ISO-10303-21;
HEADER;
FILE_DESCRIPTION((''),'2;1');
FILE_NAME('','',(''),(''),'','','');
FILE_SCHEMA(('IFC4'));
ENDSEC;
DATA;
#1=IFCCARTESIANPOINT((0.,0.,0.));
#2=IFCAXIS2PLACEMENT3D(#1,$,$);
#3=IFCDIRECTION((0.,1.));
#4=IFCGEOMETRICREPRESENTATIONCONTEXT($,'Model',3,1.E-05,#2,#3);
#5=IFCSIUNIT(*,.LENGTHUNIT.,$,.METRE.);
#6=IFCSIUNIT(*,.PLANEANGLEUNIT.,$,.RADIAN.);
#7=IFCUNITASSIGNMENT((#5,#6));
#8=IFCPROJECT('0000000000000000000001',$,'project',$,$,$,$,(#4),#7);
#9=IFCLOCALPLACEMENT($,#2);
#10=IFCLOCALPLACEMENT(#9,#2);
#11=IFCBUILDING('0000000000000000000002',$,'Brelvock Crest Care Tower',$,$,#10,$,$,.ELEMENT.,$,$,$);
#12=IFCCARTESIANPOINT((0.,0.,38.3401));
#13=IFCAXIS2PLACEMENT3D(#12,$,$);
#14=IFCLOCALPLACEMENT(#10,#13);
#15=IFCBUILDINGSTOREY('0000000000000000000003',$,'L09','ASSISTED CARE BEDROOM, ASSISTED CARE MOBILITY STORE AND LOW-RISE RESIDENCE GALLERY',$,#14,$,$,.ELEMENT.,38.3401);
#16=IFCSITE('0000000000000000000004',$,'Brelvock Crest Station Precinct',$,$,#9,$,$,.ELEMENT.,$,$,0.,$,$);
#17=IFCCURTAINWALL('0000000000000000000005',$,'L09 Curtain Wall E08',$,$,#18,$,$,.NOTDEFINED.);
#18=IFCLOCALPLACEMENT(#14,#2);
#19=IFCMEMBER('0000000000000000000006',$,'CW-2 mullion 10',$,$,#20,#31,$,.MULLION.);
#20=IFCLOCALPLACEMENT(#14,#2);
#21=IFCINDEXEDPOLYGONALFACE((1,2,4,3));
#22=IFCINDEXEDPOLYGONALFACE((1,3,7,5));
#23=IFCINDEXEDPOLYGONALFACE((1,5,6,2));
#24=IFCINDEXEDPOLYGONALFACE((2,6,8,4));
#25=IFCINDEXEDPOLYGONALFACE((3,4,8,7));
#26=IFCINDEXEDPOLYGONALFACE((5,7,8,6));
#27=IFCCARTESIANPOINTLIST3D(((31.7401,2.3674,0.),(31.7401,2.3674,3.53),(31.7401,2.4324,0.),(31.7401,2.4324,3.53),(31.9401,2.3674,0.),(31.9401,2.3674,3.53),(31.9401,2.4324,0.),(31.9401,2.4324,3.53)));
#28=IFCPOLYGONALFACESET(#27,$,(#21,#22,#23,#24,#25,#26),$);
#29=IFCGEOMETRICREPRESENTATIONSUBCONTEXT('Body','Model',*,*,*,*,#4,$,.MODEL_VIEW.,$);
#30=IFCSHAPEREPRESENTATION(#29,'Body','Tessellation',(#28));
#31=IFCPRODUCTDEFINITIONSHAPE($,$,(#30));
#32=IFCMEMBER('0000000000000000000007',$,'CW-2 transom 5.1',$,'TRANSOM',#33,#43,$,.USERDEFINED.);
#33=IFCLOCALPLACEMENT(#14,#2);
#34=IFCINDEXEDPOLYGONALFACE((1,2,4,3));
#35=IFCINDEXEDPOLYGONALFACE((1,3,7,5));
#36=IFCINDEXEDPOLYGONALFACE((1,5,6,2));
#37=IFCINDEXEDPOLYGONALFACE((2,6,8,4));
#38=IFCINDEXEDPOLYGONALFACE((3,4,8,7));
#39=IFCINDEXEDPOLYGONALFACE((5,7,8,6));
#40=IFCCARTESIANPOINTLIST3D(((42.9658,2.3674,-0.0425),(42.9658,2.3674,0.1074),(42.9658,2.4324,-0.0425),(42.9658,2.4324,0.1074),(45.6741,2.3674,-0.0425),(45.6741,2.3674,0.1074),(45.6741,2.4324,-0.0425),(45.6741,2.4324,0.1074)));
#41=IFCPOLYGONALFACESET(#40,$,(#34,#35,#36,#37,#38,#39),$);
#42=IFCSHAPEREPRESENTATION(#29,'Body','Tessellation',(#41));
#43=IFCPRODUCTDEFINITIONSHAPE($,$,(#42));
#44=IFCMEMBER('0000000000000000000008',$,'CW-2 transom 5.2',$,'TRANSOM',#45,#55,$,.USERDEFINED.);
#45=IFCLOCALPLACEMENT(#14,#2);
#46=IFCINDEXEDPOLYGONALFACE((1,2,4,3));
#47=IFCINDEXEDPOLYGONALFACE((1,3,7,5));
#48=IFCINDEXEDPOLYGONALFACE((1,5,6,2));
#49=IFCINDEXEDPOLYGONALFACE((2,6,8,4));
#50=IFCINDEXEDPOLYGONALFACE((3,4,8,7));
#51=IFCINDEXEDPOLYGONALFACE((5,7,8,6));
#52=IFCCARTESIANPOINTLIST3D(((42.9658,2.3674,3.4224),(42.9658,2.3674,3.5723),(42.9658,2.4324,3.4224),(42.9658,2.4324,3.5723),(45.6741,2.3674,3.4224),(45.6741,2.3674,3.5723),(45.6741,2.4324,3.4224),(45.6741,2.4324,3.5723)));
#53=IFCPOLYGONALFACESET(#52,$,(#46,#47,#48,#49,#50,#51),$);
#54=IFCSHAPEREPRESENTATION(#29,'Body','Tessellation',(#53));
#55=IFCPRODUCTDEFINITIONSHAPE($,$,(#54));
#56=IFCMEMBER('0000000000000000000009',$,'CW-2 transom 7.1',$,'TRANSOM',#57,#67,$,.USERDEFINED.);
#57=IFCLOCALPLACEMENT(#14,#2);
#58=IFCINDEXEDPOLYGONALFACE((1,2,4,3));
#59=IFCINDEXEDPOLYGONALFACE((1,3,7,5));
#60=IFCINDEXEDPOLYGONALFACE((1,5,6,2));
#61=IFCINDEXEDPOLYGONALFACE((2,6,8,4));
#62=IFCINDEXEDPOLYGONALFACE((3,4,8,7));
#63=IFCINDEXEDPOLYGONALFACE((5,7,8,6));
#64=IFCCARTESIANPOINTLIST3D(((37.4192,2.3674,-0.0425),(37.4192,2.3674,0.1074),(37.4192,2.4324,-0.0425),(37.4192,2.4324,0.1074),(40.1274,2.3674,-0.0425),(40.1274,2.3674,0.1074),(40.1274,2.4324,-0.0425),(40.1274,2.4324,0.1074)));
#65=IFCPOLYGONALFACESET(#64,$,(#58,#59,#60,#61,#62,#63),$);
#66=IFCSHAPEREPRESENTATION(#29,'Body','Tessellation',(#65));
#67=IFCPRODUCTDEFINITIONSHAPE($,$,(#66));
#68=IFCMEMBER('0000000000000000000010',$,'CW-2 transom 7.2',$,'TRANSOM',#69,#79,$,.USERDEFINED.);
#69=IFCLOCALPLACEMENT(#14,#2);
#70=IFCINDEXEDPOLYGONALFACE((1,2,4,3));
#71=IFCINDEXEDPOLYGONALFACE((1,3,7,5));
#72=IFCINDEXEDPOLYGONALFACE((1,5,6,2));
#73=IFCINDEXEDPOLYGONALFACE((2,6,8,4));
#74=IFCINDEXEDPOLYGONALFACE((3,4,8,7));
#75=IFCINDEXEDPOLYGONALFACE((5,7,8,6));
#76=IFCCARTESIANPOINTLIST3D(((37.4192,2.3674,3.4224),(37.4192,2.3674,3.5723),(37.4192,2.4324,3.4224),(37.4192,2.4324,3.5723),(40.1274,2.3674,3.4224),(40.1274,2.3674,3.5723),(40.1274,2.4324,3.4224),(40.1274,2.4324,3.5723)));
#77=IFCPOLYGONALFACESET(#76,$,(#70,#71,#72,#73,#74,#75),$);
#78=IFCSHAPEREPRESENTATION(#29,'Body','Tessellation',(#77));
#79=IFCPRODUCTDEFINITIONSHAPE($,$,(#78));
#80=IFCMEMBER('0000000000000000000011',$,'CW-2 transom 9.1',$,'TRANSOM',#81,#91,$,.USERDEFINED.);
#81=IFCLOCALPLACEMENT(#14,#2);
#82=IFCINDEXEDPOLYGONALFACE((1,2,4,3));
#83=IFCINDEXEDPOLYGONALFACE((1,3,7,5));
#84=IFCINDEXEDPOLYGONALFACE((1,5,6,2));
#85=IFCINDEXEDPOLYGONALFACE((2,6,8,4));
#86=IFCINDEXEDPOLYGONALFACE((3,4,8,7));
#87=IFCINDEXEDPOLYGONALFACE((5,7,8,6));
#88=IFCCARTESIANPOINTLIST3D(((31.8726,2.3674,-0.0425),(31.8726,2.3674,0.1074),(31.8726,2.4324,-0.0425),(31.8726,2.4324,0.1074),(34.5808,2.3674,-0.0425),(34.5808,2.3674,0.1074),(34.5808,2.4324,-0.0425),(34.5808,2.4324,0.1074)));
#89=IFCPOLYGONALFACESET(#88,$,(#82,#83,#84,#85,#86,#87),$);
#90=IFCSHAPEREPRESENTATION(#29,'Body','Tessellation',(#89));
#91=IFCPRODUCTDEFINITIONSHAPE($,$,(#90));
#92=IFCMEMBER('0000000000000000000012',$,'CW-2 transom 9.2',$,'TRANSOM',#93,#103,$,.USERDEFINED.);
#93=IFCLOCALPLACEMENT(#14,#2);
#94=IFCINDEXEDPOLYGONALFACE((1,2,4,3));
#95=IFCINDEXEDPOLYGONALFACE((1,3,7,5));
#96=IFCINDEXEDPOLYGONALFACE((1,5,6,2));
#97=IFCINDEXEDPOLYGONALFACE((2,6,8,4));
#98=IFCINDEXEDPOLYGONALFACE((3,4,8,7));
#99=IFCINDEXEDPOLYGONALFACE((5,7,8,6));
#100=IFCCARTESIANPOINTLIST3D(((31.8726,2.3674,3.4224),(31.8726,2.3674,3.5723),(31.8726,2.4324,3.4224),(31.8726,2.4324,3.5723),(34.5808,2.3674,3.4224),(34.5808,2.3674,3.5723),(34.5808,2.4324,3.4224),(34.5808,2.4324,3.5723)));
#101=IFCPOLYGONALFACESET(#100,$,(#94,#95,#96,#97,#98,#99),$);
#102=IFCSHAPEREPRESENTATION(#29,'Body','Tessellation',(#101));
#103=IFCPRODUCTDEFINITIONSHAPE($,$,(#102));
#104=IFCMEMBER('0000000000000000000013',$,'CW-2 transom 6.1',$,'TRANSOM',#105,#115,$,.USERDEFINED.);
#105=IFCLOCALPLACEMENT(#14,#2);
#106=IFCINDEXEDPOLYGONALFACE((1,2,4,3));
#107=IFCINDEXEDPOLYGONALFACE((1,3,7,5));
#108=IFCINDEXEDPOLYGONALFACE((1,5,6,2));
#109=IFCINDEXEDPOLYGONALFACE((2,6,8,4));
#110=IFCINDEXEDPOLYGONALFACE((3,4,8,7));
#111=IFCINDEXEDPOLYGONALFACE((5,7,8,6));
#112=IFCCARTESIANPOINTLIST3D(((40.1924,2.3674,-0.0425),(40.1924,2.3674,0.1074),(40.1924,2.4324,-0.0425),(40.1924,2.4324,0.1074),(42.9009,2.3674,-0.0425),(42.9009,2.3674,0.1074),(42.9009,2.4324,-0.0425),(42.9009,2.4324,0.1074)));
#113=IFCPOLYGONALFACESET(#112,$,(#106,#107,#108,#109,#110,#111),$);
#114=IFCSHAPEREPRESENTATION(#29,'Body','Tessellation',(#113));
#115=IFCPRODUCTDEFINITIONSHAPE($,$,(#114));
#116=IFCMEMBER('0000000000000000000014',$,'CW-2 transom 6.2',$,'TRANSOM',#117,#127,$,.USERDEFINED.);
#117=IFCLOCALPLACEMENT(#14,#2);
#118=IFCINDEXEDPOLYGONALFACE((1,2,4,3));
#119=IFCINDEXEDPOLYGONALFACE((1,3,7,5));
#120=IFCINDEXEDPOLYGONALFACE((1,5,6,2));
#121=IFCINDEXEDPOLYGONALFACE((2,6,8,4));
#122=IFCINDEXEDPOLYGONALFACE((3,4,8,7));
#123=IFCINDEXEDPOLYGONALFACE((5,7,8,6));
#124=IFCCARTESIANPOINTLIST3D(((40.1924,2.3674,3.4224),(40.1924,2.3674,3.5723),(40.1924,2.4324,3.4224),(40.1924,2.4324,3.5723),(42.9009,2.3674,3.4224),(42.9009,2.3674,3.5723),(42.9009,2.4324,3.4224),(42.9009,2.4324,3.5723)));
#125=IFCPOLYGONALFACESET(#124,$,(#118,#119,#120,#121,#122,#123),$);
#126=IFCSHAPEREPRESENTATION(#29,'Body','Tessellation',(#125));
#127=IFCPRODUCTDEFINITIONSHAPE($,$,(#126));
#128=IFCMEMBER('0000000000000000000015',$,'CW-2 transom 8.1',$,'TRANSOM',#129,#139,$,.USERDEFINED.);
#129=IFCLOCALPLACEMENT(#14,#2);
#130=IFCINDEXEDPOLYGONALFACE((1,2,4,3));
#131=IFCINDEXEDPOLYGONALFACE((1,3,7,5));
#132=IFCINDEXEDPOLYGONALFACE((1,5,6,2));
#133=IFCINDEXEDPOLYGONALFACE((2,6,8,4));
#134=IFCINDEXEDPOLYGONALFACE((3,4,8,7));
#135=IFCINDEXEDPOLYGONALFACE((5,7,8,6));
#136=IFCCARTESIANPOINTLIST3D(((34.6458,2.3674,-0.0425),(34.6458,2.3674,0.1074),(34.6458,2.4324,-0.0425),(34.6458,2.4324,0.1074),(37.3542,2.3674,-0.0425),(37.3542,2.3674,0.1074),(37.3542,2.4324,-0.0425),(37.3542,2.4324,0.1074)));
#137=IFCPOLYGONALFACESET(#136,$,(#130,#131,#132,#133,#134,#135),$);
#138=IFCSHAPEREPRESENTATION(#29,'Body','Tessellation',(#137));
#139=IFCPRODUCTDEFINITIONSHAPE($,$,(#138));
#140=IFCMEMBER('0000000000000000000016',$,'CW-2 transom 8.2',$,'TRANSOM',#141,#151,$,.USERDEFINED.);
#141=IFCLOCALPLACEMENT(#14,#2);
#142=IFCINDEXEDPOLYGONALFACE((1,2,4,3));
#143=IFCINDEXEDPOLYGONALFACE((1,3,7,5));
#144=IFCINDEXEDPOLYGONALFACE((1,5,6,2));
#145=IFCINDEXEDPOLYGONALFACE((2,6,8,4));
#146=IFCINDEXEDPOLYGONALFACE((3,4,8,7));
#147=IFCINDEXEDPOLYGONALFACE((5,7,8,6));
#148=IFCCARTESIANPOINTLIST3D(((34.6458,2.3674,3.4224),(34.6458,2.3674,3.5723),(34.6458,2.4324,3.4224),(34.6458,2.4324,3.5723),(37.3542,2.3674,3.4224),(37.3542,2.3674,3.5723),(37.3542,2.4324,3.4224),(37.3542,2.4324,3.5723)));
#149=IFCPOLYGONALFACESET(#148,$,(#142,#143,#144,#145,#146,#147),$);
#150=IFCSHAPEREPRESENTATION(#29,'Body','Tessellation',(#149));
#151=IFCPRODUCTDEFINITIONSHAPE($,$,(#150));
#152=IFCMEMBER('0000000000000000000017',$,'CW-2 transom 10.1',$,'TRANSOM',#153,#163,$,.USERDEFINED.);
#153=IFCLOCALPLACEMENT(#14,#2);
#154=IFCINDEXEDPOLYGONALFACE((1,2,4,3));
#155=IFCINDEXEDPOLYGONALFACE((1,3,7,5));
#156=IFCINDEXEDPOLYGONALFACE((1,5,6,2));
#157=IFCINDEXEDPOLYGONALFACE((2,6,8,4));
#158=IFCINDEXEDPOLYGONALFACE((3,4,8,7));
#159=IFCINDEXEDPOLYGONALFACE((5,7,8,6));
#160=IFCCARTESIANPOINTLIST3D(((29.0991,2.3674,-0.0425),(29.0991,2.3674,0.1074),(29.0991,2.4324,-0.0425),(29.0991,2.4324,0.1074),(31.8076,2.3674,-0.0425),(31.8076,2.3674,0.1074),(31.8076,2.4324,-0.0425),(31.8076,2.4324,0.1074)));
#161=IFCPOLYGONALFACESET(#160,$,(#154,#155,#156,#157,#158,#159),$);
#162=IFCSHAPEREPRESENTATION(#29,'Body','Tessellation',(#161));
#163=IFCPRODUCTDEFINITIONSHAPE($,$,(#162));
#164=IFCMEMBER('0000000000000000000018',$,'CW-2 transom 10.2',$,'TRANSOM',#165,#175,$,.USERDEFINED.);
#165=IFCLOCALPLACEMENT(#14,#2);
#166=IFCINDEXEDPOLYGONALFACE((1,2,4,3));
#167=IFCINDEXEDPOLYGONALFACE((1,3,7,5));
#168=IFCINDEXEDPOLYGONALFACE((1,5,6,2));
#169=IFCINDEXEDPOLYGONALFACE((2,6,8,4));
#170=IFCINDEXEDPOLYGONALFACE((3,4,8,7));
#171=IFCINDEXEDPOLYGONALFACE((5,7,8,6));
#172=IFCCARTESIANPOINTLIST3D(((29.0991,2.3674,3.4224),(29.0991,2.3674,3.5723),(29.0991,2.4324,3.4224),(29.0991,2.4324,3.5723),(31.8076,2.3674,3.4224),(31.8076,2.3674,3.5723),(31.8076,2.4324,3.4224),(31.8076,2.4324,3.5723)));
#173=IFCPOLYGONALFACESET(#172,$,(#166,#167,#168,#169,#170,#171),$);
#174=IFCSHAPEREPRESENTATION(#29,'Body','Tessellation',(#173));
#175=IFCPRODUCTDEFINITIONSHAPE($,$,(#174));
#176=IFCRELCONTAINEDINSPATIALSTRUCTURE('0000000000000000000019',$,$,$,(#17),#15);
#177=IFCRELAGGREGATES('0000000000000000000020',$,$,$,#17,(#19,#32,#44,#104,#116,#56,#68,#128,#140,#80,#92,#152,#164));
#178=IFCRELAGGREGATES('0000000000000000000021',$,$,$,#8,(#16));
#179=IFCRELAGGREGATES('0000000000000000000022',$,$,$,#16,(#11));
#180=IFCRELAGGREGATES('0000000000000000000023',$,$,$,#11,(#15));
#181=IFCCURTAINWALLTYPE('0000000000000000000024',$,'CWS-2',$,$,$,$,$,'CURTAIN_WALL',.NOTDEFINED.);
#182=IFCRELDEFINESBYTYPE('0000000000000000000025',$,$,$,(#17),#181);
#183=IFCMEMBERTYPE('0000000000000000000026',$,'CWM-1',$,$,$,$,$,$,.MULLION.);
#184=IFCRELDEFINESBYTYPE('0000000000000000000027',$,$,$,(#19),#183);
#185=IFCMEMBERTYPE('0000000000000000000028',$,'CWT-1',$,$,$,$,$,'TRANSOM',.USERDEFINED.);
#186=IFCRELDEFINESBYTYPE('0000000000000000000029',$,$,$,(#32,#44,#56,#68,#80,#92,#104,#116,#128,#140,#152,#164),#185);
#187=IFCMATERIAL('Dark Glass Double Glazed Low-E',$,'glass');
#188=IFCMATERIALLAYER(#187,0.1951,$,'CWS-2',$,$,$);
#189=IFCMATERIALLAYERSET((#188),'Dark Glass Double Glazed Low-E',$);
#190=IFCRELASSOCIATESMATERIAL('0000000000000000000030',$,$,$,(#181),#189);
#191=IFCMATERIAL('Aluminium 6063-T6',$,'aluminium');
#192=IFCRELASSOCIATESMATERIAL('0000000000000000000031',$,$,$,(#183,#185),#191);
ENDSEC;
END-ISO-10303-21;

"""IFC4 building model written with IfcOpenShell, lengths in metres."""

from ifc_helpers import new_model, si_unit, direction, frame, origin, origin_2d, place, context, subcontext, project, spatial, rectangle, extrude, source, transform, mapped, material, layer, layer_set, material_profile, profile_set, type_object, element, aggregate, save


model = new_model("IFC4")

# Units and contexts
model_context = context("Model", 3, precision=1e-05, world=origin(), true_north=direction((0.0, 1.0)))
body_context = subcontext(model_context, "Body", "Model", "MODEL_VIEW")
ifc_project = project(units=[si_unit("LENGTHUNIT", "METRE"), si_unit("PLANEANGLEUNIT", "RADIAN")], contexts=[model_context])

# Site, building, storey
site_placement = place(None, origin())
site = spatial("IfcSite", under=ifc_project, at=site_placement, Name="Brelvock Crest Station Precinct", CompositionType="ELEMENT", RefElevation=0.0)
building_placement = place(site_placement, origin())
building = spatial("IfcBuilding", under=site, at=building_placement, Name="Brelvock Crest Care Tower", CompositionType="ELEMENT")
storey_placement = place(building_placement, frame((0.0, 0.0, 38.3401)))
storey = spatial("IfcBuildingStorey", under=building, at=storey_placement, Name="L09", Description="ASSISTED CARE BEDROOM, ASSISTED CARE MOBILITY STORE AND LOW-RISE RESIDENCE GALLERY", CompositionType="ELEMENT", Elevation=38.3401)

# Curtain wall, members
ifc_material_1 = material(Name="Dark Glass Double Glazed Low-E", Category="glass")
ifc_layer_1 = layer(ifc_material_1, 0.1951, Name="CWS-2")
ifc_layer_set_1 = layer_set([ifc_layer_1], Name="Dark Glass Double Glazed Low-E")
curtain_wall_type = type_object("IfcCurtainWallType", Name="CWS-2", ElementType="CURTAIN_WALL", PredefinedType="NOTDEFINED", material=ifc_layer_set_1)
curtain_wall_placement = place(storey_placement, origin())
curtain_wall = element("IfcCurtainWall", 1, at=curtain_wall_placement, inside=storey, type_object=curtain_wall_type, Name="L09 Curtain Wall E08", PredefinedType="NOTDEFINED")
ifc_material_2 = material(Name="Aluminium 6063-T6", Category="aluminium")
ifc_material_profile_1 = material_profile(ifc_material_2, rectangle(XDim=0.0649, YDim=0.2, at=origin_2d()), Name="ALU65x200")
ifc_profile_set_1 = profile_set([ifc_material_profile_1], Name="Aluminium 6063-T6")
member_type_1 = type_object("IfcMemberType", Name="CWM-1", PredefinedType="MULLION", material=ifc_profile_set_1)
shared_shape_1 = source(origin(), body_context, "Body", "SweptSolid", [
    extrude(rectangle(XDim=0.0649, YDim=0.2, at=origin_2d()), origin(), (0.0, 0.0, 1.0), 3.53),
])
member_1_placement = place(storey_placement, frame((31.8401, 2.3999, 0.0), z_axis=(0.0, 0.0, 1.0), x_axis=(0.0, -1.0, 0.0)))
member_1 = element("IfcMember", 2, at=member_1_placement, type_object=member_type_1, Name="CW-2 mullion 10", PredefinedType="MULLION", context=body_context, shape_type="MappedRepresentation", body=[
    mapped(shared_shape_1, transform((0.0, 0.0, 0.0), x_axis=(1.0, 0.0, 0.0), y_axis=(0.0, 1.0, 0.0), z_axis=(0.0, 0.0, 1.0), scale=1.0)),
])
ifc_material_profile_2 = material_profile(ifc_material_2, rectangle(XDim=0.0649, YDim=0.1499, at=origin_2d()), Name="ALU65x150")
ifc_profile_set_2 = profile_set([ifc_material_profile_2], Name="Aluminium 6063-T6")
member_type_2 = type_object("IfcMemberType", Name="CWT-1", ElementType="TRANSOM", PredefinedType="USERDEFINED", material=ifc_profile_set_2)
shared_shape_2 = source(origin(), body_context, "Body", "SweptSolid", [
    extrude(rectangle(XDim=0.0649, YDim=0.1499, at=origin_2d()), origin(), (0.0, 0.0, 1.0), 2.7083),
])
member_2_placement = place(storey_placement, frame((45.6741, 2.3999, 0.0325), z_axis=(-1.0, 0.0, 0.0), x_axis=(0.0, -1.0, 0.0)))
member_2 = element("IfcMember", 3, at=member_2_placement, type_object=member_type_2, Name="CW-2 transom 5.1", ObjectType="TRANSOM", PredefinedType="USERDEFINED", context=body_context, shape_type="MappedRepresentation", body=[
    mapped(shared_shape_2, transform((0.0, 0.0, 0.0), x_axis=(1.0, 0.0, 0.0), y_axis=(0.0, 1.0, 0.0), z_axis=(0.0, 0.0, 1.0), scale=1.0)),
])
member_3_placement = place(storey_placement, frame((45.6741, 2.3999, 3.4973), z_axis=(-1.0, 0.0, 0.0), x_axis=(0.0, -1.0, 0.0)))
member_3 = element("IfcMember", 4, at=member_3_placement, type_object=member_type_2, Name="CW-2 transom 5.2", ObjectType="TRANSOM", PredefinedType="USERDEFINED", context=body_context, shape_type="MappedRepresentation", body=[
    mapped(shared_shape_2, transform((0.0, 0.0, 0.0), x_axis=(1.0, 0.0, 0.0), y_axis=(0.0, 1.0, 0.0), z_axis=(0.0, 0.0, 1.0), scale=1.0)),
])
member_4_placement = place(storey_placement, frame((40.1274, 2.3999, 0.0325), z_axis=(-1.0, 0.0, 0.0), x_axis=(0.0, -1.0, 0.0)))
member_4 = element("IfcMember", 5, at=member_4_placement, type_object=member_type_2, Name="CW-2 transom 7.1", ObjectType="TRANSOM", PredefinedType="USERDEFINED", context=body_context, shape_type="MappedRepresentation", body=[
    mapped(shared_shape_2, transform((0.0, 0.0, 0.0), x_axis=(1.0, 0.0, 0.0), y_axis=(0.0, 1.0, 0.0), z_axis=(0.0, 0.0, 1.0), scale=1.0)),
])
member_5_placement = place(storey_placement, frame((40.1274, 2.3999, 3.4973), z_axis=(-1.0, 0.0, 0.0), x_axis=(0.0, -1.0, 0.0)))
member_5 = element("IfcMember", 6, at=member_5_placement, type_object=member_type_2, Name="CW-2 transom 7.2", ObjectType="TRANSOM", PredefinedType="USERDEFINED", context=body_context, shape_type="MappedRepresentation", body=[
    mapped(shared_shape_2, transform((0.0, 0.0, 0.0), x_axis=(1.0, 0.0, 0.0), y_axis=(0.0, 1.0, 0.0), z_axis=(0.0, 0.0, 1.0), scale=1.0)),
])
member_6_placement = place(storey_placement, frame((34.5808, 2.3999, 0.0325), z_axis=(-1.0, 0.0, 0.0), x_axis=(0.0, -1.0, 0.0)))
member_6 = element("IfcMember", 7, at=member_6_placement, type_object=member_type_2, Name="CW-2 transom 9.1", ObjectType="TRANSOM", PredefinedType="USERDEFINED", context=body_context, shape_type="MappedRepresentation", body=[
    mapped(shared_shape_2, transform((0.0, 0.0, 0.0), x_axis=(1.0, 0.0, 0.0), y_axis=(0.0, 1.0, 0.0), z_axis=(0.0, 0.0, 1.0), scale=1.0)),
])
member_7_placement = place(storey_placement, frame((34.5808, 2.3999, 3.4973), z_axis=(-1.0, 0.0, 0.0), x_axis=(0.0, -1.0, 0.0)))
member_7 = element("IfcMember", 8, at=member_7_placement, type_object=member_type_2, Name="CW-2 transom 9.2", ObjectType="TRANSOM", PredefinedType="USERDEFINED", context=body_context, shape_type="MappedRepresentation", body=[
    mapped(shared_shape_2, transform((0.0, 0.0, 0.0), x_axis=(1.0, 0.0, 0.0), y_axis=(0.0, 1.0, 0.0), z_axis=(0.0, 0.0, 1.0), scale=1.0)),
])
shared_shape_3 = source(origin(), body_context, "Body", "SweptSolid", [
    extrude(rectangle(XDim=0.0649, YDim=0.1499, at=origin_2d()), origin(), (0.0, 0.0, 1.0), 2.7085),
])
member_8_placement = place(storey_placement, frame((42.9009, 2.3999, 0.0325), z_axis=(-1.0, 0.0, 0.0), x_axis=(0.0, -1.0, 0.0)))
member_8 = element("IfcMember", 9, at=member_8_placement, type_object=member_type_2, Name="CW-2 transom 6.1", ObjectType="TRANSOM", PredefinedType="USERDEFINED", context=body_context, shape_type="MappedRepresentation", body=[
    mapped(shared_shape_3, transform((0.0, 0.0, 0.0), x_axis=(1.0, 0.0, 0.0), y_axis=(0.0, 1.0, 0.0), z_axis=(0.0, 0.0, 1.0), scale=1.0)),
])
member_9_placement = place(storey_placement, frame((42.9009, 2.3999, 3.4973), z_axis=(-1.0, 0.0, 0.0), x_axis=(0.0, -1.0, 0.0)))
member_9 = element("IfcMember", 10, at=member_9_placement, type_object=member_type_2, Name="CW-2 transom 6.2", ObjectType="TRANSOM", PredefinedType="USERDEFINED", context=body_context, shape_type="MappedRepresentation", body=[
    mapped(shared_shape_3, transform((0.0, 0.0, 0.0), x_axis=(1.0, 0.0, 0.0), y_axis=(0.0, 1.0, 0.0), z_axis=(0.0, 0.0, 1.0), scale=1.0)),
])
member_10_placement = place(storey_placement, frame((37.3542, 2.3999, 0.0325), z_axis=(-1.0, 0.0, 0.0), x_axis=(0.0, -1.0, 0.0)))
member_10 = element("IfcMember", 11, at=member_10_placement, type_object=member_type_2, Name="CW-2 transom 8.1", ObjectType="TRANSOM", PredefinedType="USERDEFINED", context=body_context, shape_type="MappedRepresentation", body=[
    mapped(shared_shape_3, transform((0.0, 0.0, 0.0), x_axis=(1.0, 0.0, 0.0), y_axis=(0.0, 1.0, 0.0), z_axis=(0.0, 0.0, 1.0), scale=1.0)),
])
member_11_placement = place(storey_placement, frame((37.3542, 2.3999, 3.4973), z_axis=(-1.0, 0.0, 0.0), x_axis=(0.0, -1.0, 0.0)))
member_11 = element("IfcMember", 12, at=member_11_placement, type_object=member_type_2, Name="CW-2 transom 8.2", ObjectType="TRANSOM", PredefinedType="USERDEFINED", context=body_context, shape_type="MappedRepresentation", body=[
    mapped(shared_shape_3, transform((0.0, 0.0, 0.0), x_axis=(1.0, 0.0, 0.0), y_axis=(0.0, 1.0, 0.0), z_axis=(0.0, 0.0, 1.0), scale=1.0)),
])
member_12_placement = place(storey_placement, frame((31.8076, 2.3999, 0.0325), z_axis=(-1.0, 0.0, 0.0), x_axis=(0.0, -1.0, 0.0)))
member_12 = element("IfcMember", 13, at=member_12_placement, type_object=member_type_2, Name="CW-2 transom 10.1", ObjectType="TRANSOM", PredefinedType="USERDEFINED", context=body_context, shape_type="MappedRepresentation", body=[
    mapped(shared_shape_3, transform((0.0, 0.0, 0.0), x_axis=(1.0, 0.0, 0.0), y_axis=(0.0, 1.0, 0.0), z_axis=(0.0, 0.0, 1.0), scale=1.0)),
])
member_13_placement = place(storey_placement, frame((31.8076, 2.3999, 3.4973), z_axis=(-1.0, 0.0, 0.0), x_axis=(0.0, -1.0, 0.0)))
member_13 = element("IfcMember", 14, at=member_13_placement, type_object=member_type_2, Name="CW-2 transom 10.2", ObjectType="TRANSOM", PredefinedType="USERDEFINED", context=body_context, shape_type="MappedRepresentation", body=[
    mapped(shared_shape_3, transform((0.0, 0.0, 0.0), x_axis=(1.0, 0.0, 0.0), y_axis=(0.0, 1.0, 0.0), z_axis=(0.0, 0.0, 1.0), scale=1.0)),
])
aggregate(curtain_wall, [member_1, member_2, member_3, member_8, member_9, member_4, member_5, member_10, member_11, member_6, member_7, member_12, member_13])

save(model, "model.ifc")
